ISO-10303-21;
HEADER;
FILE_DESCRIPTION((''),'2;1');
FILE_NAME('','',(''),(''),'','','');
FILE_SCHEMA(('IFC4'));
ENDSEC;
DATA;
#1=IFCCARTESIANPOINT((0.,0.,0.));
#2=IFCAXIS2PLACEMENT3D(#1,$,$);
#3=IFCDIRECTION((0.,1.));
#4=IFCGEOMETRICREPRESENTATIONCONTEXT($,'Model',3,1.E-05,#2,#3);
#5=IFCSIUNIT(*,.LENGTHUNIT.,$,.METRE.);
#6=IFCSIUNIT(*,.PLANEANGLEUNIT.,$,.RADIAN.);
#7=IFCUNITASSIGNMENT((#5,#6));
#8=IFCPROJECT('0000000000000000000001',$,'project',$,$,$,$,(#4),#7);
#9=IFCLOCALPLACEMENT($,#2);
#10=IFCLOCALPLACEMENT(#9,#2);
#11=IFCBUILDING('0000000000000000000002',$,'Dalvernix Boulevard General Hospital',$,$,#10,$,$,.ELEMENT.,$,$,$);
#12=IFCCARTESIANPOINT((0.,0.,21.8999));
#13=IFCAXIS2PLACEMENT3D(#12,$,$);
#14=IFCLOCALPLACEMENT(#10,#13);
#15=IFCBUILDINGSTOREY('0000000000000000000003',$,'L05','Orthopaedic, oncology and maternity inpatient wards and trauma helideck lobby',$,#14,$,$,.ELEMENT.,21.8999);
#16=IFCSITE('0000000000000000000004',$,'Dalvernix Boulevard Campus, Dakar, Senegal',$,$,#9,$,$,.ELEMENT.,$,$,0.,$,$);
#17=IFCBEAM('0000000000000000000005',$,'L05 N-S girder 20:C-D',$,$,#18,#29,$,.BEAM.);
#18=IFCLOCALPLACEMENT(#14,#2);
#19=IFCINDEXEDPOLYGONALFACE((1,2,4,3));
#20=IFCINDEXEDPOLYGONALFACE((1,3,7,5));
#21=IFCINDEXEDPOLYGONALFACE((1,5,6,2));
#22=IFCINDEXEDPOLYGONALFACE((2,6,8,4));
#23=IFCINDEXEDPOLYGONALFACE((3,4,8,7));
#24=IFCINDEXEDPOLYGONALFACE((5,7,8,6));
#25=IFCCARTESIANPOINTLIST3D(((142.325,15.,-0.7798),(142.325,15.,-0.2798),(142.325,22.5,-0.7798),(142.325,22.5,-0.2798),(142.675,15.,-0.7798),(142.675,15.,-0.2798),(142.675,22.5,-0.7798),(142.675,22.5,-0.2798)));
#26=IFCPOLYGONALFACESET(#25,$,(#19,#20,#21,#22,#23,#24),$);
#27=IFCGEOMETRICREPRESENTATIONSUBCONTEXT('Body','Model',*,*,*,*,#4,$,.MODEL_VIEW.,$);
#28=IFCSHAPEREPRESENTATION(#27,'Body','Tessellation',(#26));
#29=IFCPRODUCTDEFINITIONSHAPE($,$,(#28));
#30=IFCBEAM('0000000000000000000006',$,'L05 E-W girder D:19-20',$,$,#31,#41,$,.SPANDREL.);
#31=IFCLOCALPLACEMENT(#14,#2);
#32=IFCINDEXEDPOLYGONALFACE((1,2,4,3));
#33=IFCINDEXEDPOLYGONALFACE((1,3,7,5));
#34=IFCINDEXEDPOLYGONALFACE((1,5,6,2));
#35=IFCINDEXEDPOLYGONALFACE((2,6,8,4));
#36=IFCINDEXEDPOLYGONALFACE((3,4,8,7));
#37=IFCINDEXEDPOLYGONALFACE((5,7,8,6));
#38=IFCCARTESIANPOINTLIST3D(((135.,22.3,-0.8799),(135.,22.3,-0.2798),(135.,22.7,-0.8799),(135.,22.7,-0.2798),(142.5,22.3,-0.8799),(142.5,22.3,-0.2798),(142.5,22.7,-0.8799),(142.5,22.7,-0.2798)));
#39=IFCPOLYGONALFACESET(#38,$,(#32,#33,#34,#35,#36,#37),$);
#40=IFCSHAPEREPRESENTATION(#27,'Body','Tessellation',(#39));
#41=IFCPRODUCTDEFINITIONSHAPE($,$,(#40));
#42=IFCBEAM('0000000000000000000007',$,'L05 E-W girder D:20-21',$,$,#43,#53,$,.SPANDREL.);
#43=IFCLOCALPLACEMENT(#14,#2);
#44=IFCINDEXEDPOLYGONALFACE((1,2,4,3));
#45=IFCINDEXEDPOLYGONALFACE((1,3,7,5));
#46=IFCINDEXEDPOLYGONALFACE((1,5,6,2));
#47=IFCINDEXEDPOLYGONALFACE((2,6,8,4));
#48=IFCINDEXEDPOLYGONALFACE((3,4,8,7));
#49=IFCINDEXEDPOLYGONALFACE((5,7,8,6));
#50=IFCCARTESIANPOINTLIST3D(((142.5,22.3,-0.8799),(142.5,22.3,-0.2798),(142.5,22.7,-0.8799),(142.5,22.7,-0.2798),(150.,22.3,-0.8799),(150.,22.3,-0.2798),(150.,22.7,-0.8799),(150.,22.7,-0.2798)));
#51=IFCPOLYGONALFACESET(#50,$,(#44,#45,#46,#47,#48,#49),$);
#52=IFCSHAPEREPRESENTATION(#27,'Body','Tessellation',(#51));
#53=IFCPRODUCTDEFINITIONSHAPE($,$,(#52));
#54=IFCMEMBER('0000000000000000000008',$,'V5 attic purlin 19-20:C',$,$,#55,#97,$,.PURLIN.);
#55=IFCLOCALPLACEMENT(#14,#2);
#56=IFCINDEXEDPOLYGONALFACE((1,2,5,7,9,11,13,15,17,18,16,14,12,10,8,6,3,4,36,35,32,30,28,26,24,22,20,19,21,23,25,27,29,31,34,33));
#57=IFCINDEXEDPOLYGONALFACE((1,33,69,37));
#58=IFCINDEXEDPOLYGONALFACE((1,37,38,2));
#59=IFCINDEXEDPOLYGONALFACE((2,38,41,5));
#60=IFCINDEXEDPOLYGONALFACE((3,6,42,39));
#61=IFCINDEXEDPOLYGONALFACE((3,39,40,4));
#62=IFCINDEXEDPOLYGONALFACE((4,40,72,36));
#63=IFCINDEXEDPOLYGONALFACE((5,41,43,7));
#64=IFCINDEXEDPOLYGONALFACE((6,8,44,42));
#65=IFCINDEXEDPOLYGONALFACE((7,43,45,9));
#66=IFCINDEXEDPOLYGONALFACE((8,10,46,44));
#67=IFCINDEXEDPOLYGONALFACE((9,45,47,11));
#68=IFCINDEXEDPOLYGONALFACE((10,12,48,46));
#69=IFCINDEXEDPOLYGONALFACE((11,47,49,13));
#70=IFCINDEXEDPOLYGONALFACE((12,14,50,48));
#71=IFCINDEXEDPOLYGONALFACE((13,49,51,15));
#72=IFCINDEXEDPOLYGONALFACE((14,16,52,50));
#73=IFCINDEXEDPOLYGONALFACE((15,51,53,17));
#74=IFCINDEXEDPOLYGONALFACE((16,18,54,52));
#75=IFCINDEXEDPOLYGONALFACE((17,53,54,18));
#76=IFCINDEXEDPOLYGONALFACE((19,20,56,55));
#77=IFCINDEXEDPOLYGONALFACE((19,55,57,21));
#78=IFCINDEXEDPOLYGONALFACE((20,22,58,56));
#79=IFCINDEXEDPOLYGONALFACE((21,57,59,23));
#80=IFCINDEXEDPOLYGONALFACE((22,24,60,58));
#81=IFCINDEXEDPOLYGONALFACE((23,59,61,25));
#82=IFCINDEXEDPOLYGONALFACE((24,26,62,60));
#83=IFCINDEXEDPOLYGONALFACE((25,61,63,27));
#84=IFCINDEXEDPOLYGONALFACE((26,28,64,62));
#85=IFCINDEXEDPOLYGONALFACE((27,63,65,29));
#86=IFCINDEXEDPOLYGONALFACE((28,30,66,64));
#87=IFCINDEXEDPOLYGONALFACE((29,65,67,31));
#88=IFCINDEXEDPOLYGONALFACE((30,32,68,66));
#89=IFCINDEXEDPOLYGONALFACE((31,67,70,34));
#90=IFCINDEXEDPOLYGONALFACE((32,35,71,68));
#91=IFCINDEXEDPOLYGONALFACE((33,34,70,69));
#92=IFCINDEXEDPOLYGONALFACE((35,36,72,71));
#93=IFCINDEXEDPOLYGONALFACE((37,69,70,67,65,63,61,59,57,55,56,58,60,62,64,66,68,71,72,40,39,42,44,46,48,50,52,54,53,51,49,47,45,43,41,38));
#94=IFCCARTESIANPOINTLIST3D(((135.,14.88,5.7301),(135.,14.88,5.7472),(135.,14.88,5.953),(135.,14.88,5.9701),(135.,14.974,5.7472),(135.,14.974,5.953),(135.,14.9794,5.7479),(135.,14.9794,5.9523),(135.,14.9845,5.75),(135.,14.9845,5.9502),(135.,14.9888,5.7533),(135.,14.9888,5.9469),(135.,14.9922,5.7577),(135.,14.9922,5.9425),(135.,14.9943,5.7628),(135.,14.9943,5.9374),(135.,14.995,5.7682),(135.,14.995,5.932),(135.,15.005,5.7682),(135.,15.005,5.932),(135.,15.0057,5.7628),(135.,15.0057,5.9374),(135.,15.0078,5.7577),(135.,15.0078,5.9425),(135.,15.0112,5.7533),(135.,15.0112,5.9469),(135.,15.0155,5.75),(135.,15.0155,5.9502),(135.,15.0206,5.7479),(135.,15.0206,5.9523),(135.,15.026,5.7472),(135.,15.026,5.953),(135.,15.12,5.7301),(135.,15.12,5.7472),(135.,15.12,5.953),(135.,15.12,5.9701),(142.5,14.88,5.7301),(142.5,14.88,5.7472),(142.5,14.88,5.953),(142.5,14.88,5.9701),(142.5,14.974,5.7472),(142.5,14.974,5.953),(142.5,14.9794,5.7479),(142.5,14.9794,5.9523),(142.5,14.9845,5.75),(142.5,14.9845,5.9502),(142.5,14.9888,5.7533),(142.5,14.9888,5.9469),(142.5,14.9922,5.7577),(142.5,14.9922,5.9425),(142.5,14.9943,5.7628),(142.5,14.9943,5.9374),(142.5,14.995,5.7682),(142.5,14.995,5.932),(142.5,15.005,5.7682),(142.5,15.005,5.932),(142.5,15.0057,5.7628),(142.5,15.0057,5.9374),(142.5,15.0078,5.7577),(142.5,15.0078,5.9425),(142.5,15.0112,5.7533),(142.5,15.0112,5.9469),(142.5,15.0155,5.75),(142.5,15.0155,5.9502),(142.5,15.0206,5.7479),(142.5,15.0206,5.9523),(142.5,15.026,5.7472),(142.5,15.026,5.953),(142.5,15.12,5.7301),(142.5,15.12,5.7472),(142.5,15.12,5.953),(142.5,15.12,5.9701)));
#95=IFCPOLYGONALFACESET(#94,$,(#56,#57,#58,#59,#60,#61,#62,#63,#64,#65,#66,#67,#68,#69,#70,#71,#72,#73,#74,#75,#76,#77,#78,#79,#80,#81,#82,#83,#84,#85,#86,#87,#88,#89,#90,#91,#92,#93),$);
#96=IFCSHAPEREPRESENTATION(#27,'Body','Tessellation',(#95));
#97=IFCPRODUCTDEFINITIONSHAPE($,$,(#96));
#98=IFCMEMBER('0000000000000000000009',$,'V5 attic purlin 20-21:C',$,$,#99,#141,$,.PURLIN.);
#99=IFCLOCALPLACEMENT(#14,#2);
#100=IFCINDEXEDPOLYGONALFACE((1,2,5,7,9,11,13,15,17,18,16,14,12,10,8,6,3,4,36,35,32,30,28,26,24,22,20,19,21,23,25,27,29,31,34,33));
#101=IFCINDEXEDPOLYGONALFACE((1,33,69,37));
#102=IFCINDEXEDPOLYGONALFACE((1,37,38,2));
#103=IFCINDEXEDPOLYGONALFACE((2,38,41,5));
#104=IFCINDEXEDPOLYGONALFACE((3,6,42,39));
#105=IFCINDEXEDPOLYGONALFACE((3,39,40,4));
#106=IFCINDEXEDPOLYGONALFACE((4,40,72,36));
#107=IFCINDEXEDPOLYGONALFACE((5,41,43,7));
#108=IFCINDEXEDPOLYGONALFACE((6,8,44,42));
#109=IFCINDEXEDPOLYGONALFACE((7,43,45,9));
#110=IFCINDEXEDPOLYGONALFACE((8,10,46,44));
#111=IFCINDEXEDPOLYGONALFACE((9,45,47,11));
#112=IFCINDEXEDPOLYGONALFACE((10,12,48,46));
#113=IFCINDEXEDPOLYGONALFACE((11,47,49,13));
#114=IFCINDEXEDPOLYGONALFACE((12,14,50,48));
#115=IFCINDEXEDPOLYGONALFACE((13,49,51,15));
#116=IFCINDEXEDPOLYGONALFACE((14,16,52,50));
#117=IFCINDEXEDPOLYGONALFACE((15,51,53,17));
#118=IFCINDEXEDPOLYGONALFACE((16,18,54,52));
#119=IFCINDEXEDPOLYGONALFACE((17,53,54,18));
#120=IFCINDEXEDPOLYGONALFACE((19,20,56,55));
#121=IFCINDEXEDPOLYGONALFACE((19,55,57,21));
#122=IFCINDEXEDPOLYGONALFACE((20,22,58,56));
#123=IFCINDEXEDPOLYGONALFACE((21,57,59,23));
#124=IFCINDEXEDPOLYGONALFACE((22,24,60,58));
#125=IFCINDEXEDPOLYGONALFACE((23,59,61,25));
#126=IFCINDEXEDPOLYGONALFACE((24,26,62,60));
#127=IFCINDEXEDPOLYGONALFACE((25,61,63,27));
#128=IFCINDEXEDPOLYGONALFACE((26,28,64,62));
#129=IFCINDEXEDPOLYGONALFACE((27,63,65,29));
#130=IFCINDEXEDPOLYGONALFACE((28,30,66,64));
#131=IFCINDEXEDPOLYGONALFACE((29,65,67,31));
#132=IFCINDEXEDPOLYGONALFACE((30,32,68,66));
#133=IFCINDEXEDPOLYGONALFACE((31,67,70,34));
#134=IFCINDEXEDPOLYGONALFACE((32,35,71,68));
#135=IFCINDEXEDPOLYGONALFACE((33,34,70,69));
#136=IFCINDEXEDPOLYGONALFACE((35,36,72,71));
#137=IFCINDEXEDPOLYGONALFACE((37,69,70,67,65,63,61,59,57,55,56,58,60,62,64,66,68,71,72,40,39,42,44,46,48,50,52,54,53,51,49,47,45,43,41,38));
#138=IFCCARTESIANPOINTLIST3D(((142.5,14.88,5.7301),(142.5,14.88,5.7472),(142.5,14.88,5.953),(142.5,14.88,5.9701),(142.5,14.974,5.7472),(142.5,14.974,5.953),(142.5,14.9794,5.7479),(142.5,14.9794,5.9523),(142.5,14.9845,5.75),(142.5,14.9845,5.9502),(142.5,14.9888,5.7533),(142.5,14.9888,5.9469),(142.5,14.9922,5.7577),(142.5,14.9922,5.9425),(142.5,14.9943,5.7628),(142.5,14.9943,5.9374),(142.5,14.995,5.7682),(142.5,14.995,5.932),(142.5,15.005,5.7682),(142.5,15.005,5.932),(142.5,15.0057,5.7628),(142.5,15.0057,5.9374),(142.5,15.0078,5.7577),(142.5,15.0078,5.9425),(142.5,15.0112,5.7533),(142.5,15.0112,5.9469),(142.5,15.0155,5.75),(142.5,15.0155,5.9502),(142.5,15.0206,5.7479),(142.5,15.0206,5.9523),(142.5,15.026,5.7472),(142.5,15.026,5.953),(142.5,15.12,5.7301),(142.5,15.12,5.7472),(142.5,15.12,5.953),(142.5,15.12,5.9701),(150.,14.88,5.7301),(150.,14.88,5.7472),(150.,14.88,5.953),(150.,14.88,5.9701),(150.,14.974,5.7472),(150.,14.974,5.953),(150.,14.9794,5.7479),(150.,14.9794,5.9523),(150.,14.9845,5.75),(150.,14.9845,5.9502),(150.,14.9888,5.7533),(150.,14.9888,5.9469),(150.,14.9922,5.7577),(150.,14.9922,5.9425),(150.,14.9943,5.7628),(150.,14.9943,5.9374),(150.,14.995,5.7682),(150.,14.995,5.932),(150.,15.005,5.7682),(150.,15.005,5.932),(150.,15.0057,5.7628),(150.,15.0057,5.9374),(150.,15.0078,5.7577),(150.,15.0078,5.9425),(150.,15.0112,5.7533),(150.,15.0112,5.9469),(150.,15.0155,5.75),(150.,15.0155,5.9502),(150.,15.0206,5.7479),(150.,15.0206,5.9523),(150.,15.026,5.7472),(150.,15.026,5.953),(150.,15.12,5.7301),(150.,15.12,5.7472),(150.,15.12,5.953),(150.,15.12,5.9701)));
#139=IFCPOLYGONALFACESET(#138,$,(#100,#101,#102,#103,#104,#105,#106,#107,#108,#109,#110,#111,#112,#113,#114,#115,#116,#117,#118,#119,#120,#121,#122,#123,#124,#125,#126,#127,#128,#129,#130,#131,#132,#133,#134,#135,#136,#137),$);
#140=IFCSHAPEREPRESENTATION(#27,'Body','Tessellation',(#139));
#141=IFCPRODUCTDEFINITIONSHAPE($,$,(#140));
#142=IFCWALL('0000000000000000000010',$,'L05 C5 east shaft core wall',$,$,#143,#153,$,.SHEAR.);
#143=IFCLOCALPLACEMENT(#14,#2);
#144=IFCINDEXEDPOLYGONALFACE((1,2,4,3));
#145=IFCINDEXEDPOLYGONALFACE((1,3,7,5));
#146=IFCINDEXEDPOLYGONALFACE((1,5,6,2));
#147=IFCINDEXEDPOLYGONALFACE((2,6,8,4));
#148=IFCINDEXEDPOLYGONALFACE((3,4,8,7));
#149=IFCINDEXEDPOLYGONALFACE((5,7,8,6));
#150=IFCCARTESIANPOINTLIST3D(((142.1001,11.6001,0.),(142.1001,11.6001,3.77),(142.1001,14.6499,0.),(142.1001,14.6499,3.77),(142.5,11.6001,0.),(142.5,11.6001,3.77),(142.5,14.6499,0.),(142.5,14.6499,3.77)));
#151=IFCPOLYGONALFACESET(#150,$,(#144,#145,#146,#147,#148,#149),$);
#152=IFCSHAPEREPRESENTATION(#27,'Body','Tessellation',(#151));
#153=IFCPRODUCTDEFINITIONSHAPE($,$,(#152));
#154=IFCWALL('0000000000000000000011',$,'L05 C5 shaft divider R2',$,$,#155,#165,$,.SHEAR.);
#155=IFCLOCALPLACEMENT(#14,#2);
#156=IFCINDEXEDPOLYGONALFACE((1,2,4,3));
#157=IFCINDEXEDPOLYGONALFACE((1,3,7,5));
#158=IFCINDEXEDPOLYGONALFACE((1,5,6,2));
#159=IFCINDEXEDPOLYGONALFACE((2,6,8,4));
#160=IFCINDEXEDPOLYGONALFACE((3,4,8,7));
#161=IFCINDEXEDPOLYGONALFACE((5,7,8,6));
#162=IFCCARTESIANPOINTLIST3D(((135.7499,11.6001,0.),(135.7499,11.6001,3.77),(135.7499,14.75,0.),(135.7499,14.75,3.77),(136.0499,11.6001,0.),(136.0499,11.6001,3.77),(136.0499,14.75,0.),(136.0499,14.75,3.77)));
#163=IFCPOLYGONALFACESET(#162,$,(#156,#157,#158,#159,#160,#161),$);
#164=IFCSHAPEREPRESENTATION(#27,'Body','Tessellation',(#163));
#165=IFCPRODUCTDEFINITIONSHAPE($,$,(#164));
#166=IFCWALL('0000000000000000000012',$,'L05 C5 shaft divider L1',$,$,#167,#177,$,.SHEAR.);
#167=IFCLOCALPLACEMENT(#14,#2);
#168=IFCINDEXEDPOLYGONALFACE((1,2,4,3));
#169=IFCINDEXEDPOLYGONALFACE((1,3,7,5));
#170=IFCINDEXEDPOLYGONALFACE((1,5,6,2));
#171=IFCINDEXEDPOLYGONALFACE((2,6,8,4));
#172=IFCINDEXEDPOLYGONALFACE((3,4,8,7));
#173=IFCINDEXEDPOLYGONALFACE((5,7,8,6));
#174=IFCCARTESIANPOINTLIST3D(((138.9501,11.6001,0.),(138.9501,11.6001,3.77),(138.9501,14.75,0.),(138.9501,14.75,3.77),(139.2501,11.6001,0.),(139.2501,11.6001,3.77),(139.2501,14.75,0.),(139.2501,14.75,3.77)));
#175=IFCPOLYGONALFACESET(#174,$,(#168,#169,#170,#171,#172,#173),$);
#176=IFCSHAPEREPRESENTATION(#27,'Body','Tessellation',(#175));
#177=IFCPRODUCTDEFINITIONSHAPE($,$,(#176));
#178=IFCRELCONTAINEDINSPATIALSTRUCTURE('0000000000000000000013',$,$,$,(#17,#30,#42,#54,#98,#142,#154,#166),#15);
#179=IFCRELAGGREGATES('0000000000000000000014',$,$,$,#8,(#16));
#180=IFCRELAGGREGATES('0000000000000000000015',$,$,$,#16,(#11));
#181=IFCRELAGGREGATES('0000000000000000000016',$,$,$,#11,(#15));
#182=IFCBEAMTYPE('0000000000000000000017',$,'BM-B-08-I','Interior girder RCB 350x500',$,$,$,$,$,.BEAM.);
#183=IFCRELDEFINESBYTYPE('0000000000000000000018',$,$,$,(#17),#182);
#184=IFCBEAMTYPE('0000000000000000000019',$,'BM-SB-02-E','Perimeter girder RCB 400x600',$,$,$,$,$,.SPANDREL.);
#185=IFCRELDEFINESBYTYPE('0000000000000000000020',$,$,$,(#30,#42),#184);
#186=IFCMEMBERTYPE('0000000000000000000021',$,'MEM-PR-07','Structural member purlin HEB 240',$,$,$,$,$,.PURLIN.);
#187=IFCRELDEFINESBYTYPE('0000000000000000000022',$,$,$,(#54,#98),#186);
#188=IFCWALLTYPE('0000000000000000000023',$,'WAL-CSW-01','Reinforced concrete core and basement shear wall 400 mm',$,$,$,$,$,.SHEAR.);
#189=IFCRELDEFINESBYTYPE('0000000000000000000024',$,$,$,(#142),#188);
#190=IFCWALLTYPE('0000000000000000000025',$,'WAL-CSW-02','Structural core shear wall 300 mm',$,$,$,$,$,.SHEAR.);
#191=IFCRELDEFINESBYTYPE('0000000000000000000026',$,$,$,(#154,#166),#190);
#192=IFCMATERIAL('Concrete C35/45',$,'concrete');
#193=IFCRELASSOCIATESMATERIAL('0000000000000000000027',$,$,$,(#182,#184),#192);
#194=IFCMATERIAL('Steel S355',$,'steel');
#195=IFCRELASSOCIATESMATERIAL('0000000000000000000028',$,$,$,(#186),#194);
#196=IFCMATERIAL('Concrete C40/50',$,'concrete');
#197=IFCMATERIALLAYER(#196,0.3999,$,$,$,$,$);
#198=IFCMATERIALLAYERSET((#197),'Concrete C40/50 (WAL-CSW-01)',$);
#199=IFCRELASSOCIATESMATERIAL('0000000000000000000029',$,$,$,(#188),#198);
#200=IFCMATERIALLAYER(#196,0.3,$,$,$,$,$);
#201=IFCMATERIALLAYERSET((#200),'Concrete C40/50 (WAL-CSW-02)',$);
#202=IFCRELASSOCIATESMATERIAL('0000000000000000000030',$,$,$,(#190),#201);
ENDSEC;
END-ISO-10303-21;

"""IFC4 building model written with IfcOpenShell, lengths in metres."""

from ifc_helpers import new_model, si_unit, direction, frame, frame_2d, origin, origin_2d, place, context, subcontext, project, spatial, rectangle, i_section, extrude, material, layer, layer_set, material_profile, profile_set, type_object, element, save


model = new_model("IFC4")

# Units and contexts
model_context = context("Model", 3, precision=1e-05, world=origin(), true_north=direction((0.0, 1.0)))
body_context = subcontext(model_context, "Body", "Model", "MODEL_VIEW")
ifc_project = project(units=[si_unit("LENGTHUNIT", "METRE"), si_unit("PLANEANGLEUNIT", "RADIAN")], contexts=[model_context])

# Site, building, storey
site_placement = place(None, origin())
site = spatial("IfcSite", under=ifc_project, at=site_placement, Name="Dalvernix Boulevard Campus, Dakar, Senegal", CompositionType="ELEMENT", RefElevation=0.0)
building_placement = place(site_placement, origin())
building = spatial("IfcBuilding", under=site, at=building_placement, Name="Dalvernix Boulevard General Hospital", CompositionType="ELEMENT")
storey_placement = place(building_placement, frame((0.0, 0.0, 21.8999)))
storey = spatial("IfcBuildingStorey", under=building, at=storey_placement, Name="L05", Description="Orthopaedic, oncology and maternity inpatient wards and trauma helideck lobby", CompositionType="ELEMENT", Elevation=21.8999)

# Shared definitions
ifc_material_1 = material(Name="Concrete C40/50", Category="concrete")
ifc_material_2 = material(Name="Steel S355", Category="steel")

# Beams
ifc_material_3 = material(Name="Concrete C35/45", Category="concrete")
ifc_material_profile_1 = material_profile(ifc_material_3, rectangle(XDim=0.3501, YDim=0.5, at=origin_2d()), Name="RCB 350x500")
ifc_profile_set_1 = profile_set([ifc_material_profile_1], Name="Concrete C35/45")
beam_type_1 = type_object("IfcBeamType", Name="BM-B-08-I", Description="Interior girder RCB 350x500", PredefinedType="BEAM", material=ifc_profile_set_1)
beam_1_placement = place(storey_placement, frame((142.5, 15.0, -0.5298), z_axis=(0.0, 1.0, 0.0), x_axis=(-1.0, 0.0, 0.0)))
element("IfcBeam", 1, at=beam_1_placement, inside=storey, type_object=beam_type_1, Name="L05 N-S girder 20:C-D", PredefinedType="BEAM", context=body_context, shape_type="SweptSolid", body=[
    extrude(rectangle(XDim=0.3501, YDim=0.5, at=origin_2d()), origin(), (0.0, 0.0, 1.0), 7.5),
])
ifc_material_profile_2 = material_profile(ifc_material_3, rectangle(XDim=0.3999, YDim=0.6001, at=origin_2d()), Name="RCB 400x600")
ifc_profile_set_2 = profile_set([ifc_material_profile_2], Name="Concrete C35/45")
beam_type_2 = type_object("IfcBeamType", Name="BM-SB-02-E", Description="Perimeter girder RCB 400x600", PredefinedType="SPANDREL", material=ifc_profile_set_2)
for number, where, z_axis, x_axis, name in (
    (2, (135.0, 22.5, -0.5798), (1.0, 0.0, 0.0), (0.0, 1.0, 0.0), "L05 E-W girder D:19-20"),
    (3, (142.5, 22.5, -0.5798), (1.0, 0.0, 0.0), (0.0, 1.0, 0.0), "L05 E-W girder D:20-21"),
):
    element("IfcBeam", number, at=place(storey_placement, frame(where, z_axis=z_axis, x_axis=x_axis)), inside=storey, type_object=beam_type_2, Name=name, PredefinedType="SPANDREL", context=body_context, shape_type="SweptSolid", body=[
        extrude(rectangle(XDim=0.3999, YDim=0.6001, at=origin_2d()), origin(), (0.0, 0.0, 1.0), 7.5),
    ])

# Members
ifc_material_profile_3 = material_profile(ifc_material_2, i_section(OverallWidth=0.24, OverallDepth=0.24, WebThickness=0.01, FlangeThickness=0.0171, FilletRadius=0.021, at=origin_2d()), Name="HEB 240")
ifc_profile_set_3 = profile_set([ifc_material_profile_3], Name="Steel S355")
member_type = type_object("IfcMemberType", Name="MEM-PR-07", Description="Structural member purlin HEB 240", PredefinedType="PURLIN", material=ifc_profile_set_3)
for number, where, z_axis, x_axis, name in (
    (4, (135.0, 15.0, 5.8501), (1.0, 0.0, 0.0), (0.0, 1.0, 0.0), "V5 attic purlin 19-20:C"),
    (5, (142.5, 15.0, 5.8501), (1.0, 0.0, 0.0), (0.0, 1.0, 0.0), "V5 attic purlin 20-21:C"),
):
    element("IfcMember", number, at=place(storey_placement, frame(where, z_axis=z_axis, x_axis=x_axis)), inside=storey, type_object=member_type, Name=name, PredefinedType="PURLIN", context=body_context, shape_type="SweptSolid", body=[
        extrude(i_section(OverallWidth=0.24, OverallDepth=0.24, WebThickness=0.01, FlangeThickness=0.0171, FilletRadius=0.021, at=origin_2d()), origin(), (0.0, 0.0, 1.0), 7.5),
    ])

# Walls
ifc_layer_1 = layer(ifc_material_1, 0.3999)
ifc_layer_set_1 = layer_set([ifc_layer_1], Name="Concrete C40/50 (WAL-CSW-01)")
wall_type_1 = type_object("IfcWallType", Name="WAL-CSW-01", Description="Reinforced concrete core and basement shear wall 400 mm", PredefinedType="SHEAR", material=ifc_layer_set_1)
wall_1_placement = place(storey_placement, frame((142.3, 11.6001, 0.0), z_axis=(0.0, 0.0, 1.0), x_axis=(0.0, 1.0, 0.0)))
element("IfcWall", 6, at=wall_1_placement, inside=storey, type_object=wall_type_1, Name="L05 C5 east shaft core wall", PredefinedType="SHEAR", context=body_context, shape_type="SweptSolid", body=[
    extrude(rectangle(XDim=3.0498, YDim=0.3999, at=frame_2d((1.5249, 0.0))), origin(), (0.0, 0.0, 1.0), 3.77),
])
ifc_layer_2 = layer(ifc_material_1, 0.3)
ifc_layer_set_2 = layer_set([ifc_layer_2], Name="Concrete C40/50 (WAL-CSW-02)")
wall_type_2 = type_object("IfcWallType", Name="WAL-CSW-02", Description="Structural core shear wall 300 mm", PredefinedType="SHEAR", material=ifc_layer_set_2)
for number, where, z_axis, x_axis, name in (
    (7, (135.8999, 11.6001, 0.0), (0.0, 0.0, 1.0), (0.0, 1.0, 0.0), "L05 C5 shaft divider R2"),
    (8, (139.1001, 11.6001, 0.0), (0.0, 0.0, 1.0), (0.0, 1.0, 0.0), "L05 C5 shaft divider L1"),
):
    element("IfcWall", number, at=place(storey_placement, frame(where, z_axis=z_axis, x_axis=x_axis)), inside=storey, type_object=wall_type_2, Name=name, PredefinedType="SHEAR", context=body_context, shape_type="SweptSolid", body=[
        extrude(rectangle(XDim=3.1499, YDim=0.3, at=frame_2d((1.575, 0.0))), origin(), (0.0, 0.0, 1.0), 3.77),
    ])

save(model, "model.ifc")
